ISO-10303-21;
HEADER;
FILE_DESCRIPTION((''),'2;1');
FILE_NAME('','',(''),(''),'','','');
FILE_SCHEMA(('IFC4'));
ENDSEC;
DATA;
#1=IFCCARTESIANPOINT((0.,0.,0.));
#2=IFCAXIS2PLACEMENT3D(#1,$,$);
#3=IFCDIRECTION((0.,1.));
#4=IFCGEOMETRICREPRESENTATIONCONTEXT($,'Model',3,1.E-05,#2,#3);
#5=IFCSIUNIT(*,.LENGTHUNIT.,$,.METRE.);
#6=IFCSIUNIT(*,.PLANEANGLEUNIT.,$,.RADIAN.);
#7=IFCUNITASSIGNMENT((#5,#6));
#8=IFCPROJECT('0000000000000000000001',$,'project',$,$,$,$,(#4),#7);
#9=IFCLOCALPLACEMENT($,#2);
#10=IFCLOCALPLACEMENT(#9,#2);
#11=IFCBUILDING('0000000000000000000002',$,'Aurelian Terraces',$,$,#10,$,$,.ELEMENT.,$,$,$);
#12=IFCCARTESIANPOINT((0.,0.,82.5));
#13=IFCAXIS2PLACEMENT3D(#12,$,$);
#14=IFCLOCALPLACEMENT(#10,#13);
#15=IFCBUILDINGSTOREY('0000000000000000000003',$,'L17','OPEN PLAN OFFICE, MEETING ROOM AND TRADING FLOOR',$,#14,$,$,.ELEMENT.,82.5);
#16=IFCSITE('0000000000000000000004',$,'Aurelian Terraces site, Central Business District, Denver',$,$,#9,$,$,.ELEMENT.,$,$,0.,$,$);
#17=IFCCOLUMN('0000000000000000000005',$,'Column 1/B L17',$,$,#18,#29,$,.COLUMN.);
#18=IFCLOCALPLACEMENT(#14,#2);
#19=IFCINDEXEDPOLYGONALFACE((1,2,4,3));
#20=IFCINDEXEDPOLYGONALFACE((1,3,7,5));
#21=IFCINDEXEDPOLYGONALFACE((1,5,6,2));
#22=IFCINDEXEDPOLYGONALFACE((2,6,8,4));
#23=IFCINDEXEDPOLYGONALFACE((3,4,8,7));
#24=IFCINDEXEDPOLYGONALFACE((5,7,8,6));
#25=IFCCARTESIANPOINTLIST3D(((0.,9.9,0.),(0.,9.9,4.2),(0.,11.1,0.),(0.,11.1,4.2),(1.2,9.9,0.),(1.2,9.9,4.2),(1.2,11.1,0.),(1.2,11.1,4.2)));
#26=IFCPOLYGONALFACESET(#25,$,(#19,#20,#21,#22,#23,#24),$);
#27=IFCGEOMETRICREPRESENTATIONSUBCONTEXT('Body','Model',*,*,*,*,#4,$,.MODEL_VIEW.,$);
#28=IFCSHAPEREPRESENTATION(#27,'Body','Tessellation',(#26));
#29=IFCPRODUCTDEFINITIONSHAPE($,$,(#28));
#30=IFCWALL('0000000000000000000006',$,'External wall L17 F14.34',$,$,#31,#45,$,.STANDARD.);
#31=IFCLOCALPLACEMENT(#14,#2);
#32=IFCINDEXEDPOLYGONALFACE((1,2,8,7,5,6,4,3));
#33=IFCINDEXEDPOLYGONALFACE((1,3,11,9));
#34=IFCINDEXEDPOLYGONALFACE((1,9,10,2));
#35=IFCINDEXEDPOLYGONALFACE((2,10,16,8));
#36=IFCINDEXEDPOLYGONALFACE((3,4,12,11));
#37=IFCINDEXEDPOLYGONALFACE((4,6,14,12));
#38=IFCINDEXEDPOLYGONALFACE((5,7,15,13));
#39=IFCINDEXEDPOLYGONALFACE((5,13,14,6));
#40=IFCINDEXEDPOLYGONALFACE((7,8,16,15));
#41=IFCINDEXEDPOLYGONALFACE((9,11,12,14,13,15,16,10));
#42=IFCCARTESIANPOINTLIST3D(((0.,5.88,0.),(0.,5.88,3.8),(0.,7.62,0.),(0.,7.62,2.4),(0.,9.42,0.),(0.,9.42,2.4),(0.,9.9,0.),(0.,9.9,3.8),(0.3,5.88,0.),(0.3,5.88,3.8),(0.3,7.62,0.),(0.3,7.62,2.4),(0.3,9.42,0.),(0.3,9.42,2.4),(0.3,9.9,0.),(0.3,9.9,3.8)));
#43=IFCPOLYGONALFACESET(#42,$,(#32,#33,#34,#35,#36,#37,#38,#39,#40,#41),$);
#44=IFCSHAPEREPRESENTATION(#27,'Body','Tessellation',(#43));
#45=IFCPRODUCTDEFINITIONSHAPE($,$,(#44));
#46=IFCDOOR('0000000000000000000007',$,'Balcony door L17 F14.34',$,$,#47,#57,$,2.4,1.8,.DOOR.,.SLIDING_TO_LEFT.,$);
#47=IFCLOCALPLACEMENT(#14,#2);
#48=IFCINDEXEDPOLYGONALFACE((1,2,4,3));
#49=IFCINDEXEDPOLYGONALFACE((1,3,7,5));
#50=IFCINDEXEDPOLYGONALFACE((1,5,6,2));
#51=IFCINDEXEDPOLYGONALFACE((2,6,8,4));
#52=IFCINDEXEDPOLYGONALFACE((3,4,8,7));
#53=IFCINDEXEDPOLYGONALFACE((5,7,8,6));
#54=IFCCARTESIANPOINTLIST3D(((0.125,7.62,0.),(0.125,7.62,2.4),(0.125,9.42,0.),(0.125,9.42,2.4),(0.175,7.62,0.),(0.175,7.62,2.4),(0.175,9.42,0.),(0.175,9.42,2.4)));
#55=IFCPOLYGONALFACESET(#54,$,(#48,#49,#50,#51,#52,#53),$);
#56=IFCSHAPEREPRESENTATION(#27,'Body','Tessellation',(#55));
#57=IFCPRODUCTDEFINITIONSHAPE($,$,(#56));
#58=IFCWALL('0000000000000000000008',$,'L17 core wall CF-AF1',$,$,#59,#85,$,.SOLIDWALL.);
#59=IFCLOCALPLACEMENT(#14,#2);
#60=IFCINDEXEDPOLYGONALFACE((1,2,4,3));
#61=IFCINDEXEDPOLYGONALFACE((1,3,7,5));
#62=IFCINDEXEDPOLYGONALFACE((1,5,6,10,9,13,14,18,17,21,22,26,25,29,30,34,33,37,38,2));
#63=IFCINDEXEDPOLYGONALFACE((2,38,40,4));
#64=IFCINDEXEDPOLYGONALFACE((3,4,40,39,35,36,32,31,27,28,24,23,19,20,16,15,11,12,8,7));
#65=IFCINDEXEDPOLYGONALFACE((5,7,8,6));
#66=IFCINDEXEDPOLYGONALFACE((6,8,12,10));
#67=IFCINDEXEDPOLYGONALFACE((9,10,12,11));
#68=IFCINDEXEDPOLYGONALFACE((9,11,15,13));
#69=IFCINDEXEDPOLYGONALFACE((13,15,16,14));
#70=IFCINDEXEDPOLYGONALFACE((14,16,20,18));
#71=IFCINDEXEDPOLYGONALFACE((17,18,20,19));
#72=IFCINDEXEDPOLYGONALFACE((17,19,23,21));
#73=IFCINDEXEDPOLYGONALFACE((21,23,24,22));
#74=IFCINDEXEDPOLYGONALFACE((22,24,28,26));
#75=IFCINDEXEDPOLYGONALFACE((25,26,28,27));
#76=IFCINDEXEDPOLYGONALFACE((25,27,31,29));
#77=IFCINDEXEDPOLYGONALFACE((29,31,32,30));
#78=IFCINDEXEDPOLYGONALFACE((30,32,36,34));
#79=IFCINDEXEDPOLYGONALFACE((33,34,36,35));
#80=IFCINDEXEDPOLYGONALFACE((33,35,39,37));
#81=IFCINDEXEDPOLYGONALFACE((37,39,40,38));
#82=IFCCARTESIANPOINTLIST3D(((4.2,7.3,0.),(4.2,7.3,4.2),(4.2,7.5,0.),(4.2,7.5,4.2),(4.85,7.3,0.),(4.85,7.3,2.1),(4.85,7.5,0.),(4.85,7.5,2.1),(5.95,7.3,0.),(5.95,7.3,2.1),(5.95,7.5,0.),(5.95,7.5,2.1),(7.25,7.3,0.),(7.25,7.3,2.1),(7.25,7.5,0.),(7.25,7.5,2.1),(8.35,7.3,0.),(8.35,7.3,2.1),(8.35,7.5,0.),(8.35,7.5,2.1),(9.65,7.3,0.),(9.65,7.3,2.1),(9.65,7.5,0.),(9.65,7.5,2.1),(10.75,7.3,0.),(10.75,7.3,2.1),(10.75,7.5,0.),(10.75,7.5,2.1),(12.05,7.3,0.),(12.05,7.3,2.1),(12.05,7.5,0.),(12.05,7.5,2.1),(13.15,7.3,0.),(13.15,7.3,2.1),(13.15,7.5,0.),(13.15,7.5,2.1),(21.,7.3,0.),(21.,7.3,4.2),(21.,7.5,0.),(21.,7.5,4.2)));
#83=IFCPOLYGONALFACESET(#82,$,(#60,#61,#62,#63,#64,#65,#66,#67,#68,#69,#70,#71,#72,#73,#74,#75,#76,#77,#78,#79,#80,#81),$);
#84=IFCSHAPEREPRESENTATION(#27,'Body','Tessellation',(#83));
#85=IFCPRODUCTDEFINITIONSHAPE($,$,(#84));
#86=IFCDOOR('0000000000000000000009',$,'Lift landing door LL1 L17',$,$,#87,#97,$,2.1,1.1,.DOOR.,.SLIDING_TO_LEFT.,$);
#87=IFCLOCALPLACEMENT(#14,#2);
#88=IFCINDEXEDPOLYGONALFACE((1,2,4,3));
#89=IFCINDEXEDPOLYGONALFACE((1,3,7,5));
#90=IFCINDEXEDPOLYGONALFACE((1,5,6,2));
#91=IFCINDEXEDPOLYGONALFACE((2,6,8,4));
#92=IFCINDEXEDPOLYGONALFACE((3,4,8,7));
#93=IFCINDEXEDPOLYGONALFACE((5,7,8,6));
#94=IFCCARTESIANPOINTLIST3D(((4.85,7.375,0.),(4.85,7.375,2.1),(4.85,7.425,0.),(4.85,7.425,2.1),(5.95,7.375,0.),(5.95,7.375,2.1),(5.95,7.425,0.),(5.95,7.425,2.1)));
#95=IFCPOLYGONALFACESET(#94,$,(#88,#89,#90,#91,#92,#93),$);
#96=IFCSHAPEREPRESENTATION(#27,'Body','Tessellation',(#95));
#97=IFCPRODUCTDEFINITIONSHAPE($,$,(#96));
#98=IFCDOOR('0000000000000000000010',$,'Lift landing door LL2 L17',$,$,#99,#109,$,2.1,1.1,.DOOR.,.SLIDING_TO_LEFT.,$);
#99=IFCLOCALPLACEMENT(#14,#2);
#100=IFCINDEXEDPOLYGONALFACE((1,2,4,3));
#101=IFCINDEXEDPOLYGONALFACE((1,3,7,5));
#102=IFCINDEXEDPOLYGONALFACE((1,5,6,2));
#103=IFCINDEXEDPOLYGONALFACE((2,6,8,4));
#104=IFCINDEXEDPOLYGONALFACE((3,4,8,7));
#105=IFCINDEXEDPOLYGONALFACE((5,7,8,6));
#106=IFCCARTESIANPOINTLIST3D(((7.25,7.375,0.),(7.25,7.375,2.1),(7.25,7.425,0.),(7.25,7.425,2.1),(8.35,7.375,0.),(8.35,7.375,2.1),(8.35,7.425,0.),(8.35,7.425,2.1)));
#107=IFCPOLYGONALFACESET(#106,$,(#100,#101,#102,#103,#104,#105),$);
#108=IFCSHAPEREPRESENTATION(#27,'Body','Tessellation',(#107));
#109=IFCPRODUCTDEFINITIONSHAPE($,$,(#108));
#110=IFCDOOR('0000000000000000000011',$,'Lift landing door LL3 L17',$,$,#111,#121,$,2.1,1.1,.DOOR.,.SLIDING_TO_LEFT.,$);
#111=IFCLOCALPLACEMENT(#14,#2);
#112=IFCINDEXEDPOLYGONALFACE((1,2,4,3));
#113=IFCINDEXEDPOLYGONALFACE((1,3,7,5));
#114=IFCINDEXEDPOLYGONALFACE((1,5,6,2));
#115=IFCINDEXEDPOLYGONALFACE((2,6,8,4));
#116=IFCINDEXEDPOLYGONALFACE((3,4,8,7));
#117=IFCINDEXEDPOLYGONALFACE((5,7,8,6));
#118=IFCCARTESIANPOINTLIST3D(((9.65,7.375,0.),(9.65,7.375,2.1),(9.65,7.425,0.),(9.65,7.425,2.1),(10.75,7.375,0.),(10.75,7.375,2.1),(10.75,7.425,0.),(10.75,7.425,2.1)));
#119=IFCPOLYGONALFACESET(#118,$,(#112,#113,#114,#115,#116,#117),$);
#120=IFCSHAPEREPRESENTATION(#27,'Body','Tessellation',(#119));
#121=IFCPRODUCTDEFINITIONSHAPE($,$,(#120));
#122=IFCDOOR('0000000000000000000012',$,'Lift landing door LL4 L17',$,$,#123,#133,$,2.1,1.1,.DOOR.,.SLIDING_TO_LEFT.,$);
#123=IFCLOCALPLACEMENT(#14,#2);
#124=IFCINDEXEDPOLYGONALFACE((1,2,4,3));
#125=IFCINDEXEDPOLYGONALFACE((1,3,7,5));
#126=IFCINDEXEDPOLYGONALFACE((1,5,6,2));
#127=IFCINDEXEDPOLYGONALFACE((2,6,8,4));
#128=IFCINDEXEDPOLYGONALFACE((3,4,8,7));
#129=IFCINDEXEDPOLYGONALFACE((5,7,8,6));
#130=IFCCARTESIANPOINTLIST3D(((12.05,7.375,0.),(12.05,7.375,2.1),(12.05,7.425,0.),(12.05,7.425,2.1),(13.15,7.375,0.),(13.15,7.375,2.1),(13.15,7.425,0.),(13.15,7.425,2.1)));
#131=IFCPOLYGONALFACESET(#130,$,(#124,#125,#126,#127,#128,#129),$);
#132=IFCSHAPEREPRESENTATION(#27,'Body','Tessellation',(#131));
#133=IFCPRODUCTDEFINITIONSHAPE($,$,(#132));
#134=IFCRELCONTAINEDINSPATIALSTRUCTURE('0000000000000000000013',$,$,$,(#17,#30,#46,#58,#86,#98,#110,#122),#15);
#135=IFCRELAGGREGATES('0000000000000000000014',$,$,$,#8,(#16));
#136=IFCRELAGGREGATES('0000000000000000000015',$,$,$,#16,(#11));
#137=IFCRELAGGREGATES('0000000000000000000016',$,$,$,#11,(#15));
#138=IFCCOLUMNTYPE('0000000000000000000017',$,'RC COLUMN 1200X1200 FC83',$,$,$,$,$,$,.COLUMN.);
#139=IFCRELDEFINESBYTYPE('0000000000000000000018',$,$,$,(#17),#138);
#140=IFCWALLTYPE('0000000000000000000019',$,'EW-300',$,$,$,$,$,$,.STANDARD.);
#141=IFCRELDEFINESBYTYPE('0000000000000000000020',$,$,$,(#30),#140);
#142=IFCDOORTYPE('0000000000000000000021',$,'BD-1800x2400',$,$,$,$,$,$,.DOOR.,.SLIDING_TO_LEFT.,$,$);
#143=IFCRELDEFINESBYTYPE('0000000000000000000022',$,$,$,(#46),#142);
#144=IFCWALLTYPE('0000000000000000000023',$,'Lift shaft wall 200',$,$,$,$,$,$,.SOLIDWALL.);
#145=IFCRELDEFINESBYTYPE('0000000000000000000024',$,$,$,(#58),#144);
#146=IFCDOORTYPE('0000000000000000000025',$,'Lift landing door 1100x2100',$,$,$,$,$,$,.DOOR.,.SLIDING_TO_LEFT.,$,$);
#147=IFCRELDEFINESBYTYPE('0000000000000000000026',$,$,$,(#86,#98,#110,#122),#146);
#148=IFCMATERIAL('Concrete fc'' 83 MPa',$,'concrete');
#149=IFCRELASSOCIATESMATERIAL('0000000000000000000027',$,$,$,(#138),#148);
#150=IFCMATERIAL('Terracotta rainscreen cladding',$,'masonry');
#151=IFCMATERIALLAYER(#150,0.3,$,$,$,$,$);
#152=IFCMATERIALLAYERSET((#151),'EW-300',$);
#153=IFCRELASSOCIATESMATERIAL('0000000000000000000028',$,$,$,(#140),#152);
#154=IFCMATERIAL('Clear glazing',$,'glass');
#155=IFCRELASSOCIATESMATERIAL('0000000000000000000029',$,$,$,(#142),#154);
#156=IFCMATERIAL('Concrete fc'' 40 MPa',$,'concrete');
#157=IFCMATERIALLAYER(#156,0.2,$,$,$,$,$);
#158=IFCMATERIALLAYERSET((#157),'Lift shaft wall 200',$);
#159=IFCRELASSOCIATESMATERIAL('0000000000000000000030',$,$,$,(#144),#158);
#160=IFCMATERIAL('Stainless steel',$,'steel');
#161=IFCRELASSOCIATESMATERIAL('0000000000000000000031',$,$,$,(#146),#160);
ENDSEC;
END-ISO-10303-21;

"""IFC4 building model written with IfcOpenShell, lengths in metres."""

from ifc_helpers import new_model, si_unit, direction, frame, frame_2d, origin, origin_2d, place, context, subcontext, project, spatial, rectangle, extrude, source, transform, mapped, material, layer, layer_set, material_profile, profile_set, type_object, element, fill, save


model = new_model("IFC4")

# Units and contexts
model_context = context("Model", 3, precision=1e-05, world=origin(), true_north=direction((0.0, 1.0)))
body_context = subcontext(model_context, "Body", "Model", "MODEL_VIEW")
ifc_project = project(units=[si_unit("LENGTHUNIT", "METRE"), si_unit("PLANEANGLEUNIT", "RADIAN")], contexts=[model_context])

# Site, building, storey
site_placement = place(None, origin())
site = spatial("IfcSite", under=ifc_project, at=site_placement, Name="Aurelian Terraces site, Central Business District, Denver", CompositionType="ELEMENT", RefElevation=0.0)
building_placement = place(site_placement, origin())
building = spatial("IfcBuilding", under=site, at=building_placement, Name="Aurelian Terraces", CompositionType="ELEMENT")
storey_placement = place(building_placement, frame((0.0, 0.0, 82.5)))
storey = spatial("IfcBuildingStorey", under=building, at=storey_placement, Name="L17", Description="OPEN PLAN OFFICE, MEETING ROOM AND TRADING FLOOR", CompositionType="ELEMENT", Elevation=82.5)

# Column
ifc_material_1 = material(Name="Concrete fc' 83 MPa", Category="concrete")
ifc_material_profile = material_profile(ifc_material_1, rectangle(XDim=1.2, YDim=1.2, at=origin_2d()))
ifc_profile_set = profile_set([ifc_material_profile], Name="Concrete fc' 83 MPa")
column_type = type_object("IfcColumnType", Name="RC COLUMN 1200X1200 FC83", PredefinedType="COLUMN", material=ifc_profile_set)
shared_shape_1 = source(origin(), body_context, "Body", "SweptSolid", [
    extrude(rectangle(XDim=1.2, YDim=1.2, at=origin_2d()), origin(), (0.0, 0.0, 1.0), 4.2),
])
column_placement = place(storey_placement, frame((0.6, 10.5, 0.0), z_axis=(0.0, 0.0, 1.0), x_axis=(1.0, 0.0, 0.0)))
element("IfcColumn", 1, at=column_placement, inside=storey, type_object=column_type, Name="Column 1/B L17", PredefinedType="COLUMN", context=body_context, shape_type="MappedRepresentation", body=[
    mapped(shared_shape_1, transform((0.0, 0.0, 0.0), scale=1.0)),
])

# Wall, opening, door
ifc_material_2 = material(Name="Terracotta rainscreen cladding", Category="masonry")
ifc_layer_1 = layer(ifc_material_2, 0.3)
ifc_layer_set_1 = layer_set([ifc_layer_1], Name="EW-300")
wall_type_1 = type_object("IfcWallType", Name="EW-300", PredefinedType="STANDARD", material=ifc_layer_set_1)
wall_1_placement = place(storey_placement, frame((0.15, 9.9, 0.0), z_axis=(0.0, 0.0, 1.0), x_axis=(0.0, -1.0, 0.0)))
wall_1 = element("IfcWall", 2, at=wall_1_placement, inside=storey, type_object=wall_type_1, Name="External wall L17 F14.34", PredefinedType="STANDARD", context=body_context, shape_type="SweptSolid", body=[
    extrude(rectangle(XDim=4.02, YDim=0.3, at=frame_2d((2.01, 0.0))), origin(), (0.0, 0.0, 1.0), 3.8),
])
shared_shape_2 = source(origin(), body_context, "Body", "SweptSolid", [
    extrude(rectangle(XDim=1.8, YDim=2.4, at=frame_2d((0.9, 1.2))), frame((0.0, 0.16, 0.0), z_axis=(0.0, -1.0, 0.0), x_axis=(1.0, 0.0, 0.0)), (0.0, 0.0, 1.0), 0.32),
])
opening_1_placement = place(wall_1_placement, frame((0.48, 0.0, 0.0)))
opening_1 = element("IfcOpeningElement", 3, at=opening_1_placement, cuts=wall_1, PredefinedType="OPENING", context=body_context, shape_type="MappedRepresentation", body=[
    mapped(shared_shape_2, transform((0.0, 0.0, 0.0), scale=1.0)),
])
ifc_material_3 = material(Name="Clear glazing", Category="glass")
door_type_1 = type_object("IfcDoorType", Name="BD-1800x2400", OperationType="SLIDING_TO_LEFT", PredefinedType="DOOR", material=ifc_material_3)
shared_shape_3 = source(origin(), body_context, "Body", "SweptSolid", [
    extrude(rectangle(XDim=1.8, YDim=2.4, at=frame_2d((0.9, 1.2))), frame((0.0, 0.025, 0.0), z_axis=(0.0, -1.0, 0.0), x_axis=(1.0, 0.0, 0.0)), (0.0, 0.0, 1.0), 0.05),
])
door_1_placement = place(opening_1_placement, origin())
door_1 = element("IfcDoor", 4, at=door_1_placement, inside=storey, type_object=door_type_1, Name="Balcony door L17 F14.34", OperationType="SLIDING_TO_LEFT", OverallHeight=2.4, OverallWidth=1.8, PredefinedType="DOOR", context=body_context, shape_type="MappedRepresentation", body=[
    mapped(shared_shape_3, transform((0.0, 0.0, 0.0), scale=1.0)),
])
fill(opening_1, door_1)

# Wall, openings, doors
ifc_material_4 = material(Name="Concrete fc' 40 MPa", Category="concrete")
ifc_layer_2 = layer(ifc_material_4, 0.2)
ifc_layer_set_2 = layer_set([ifc_layer_2], Name="Lift shaft wall 200")
wall_type_2 = type_object("IfcWallType", Name="Lift shaft wall 200", PredefinedType="SOLIDWALL", material=ifc_layer_set_2)
shared_shape_4 = source(origin(), body_context, "Body", "SweptSolid", [
    extrude(rectangle(XDim=16.8, YDim=0.2, at=frame_2d((8.4, 0.0))), origin(), (0.0, 0.0, 1.0), 4.2),
])
wall_2_placement = place(storey_placement, frame((4.2, 7.4, 0.0), z_axis=(0.0, 0.0, 1.0), x_axis=(1.0, 0.0, 0.0)))
wall_2 = element("IfcWall", 5, at=wall_2_placement, inside=storey, type_object=wall_type_2, Name="L17 core wall CF-AF1", PredefinedType="SOLIDWALL", context=body_context, shape_type="MappedRepresentation", body=[
    mapped(shared_shape_4, transform((0.0, 0.0, 0.0), scale=1.0)),
])
shared_shape_5 = source(origin(), body_context, "Body", "SweptSolid", [
    extrude(rectangle(XDim=1.1, YDim=2.1, at=frame_2d((0.55, 1.05))), frame((0.0, 0.11, 0.0), z_axis=(0.0, -1.0, 0.0), x_axis=(1.0, 0.0, 0.0)), (0.0, 0.0, 1.0), 0.22),
])
opening_2_placement = place(wall_2_placement, frame((0.65, 0.0, 0.0)))
opening_2 = element("IfcOpeningElement", 6, at=opening_2_placement, cuts=wall_2, PredefinedType="OPENING", context=body_context, shape_type="MappedRepresentation", body=[
    mapped(shared_shape_5, transform((0.0, 0.0, 0.0), scale=1.0)),
])
opening_3_placement = place(wall_2_placement, frame((3.05, 0.0, 0.0)))
opening_3 = element("IfcOpeningElement", 7, at=opening_3_placement, cuts=wall_2, PredefinedType="OPENING", context=body_context, shape_type="MappedRepresentation", body=[
    mapped(shared_shape_5, transform((0.0, 0.0, 0.0), scale=1.0)),
])
opening_4_placement = place(wall_2_placement, frame((5.45, 0.0, 0.0)))
opening_4 = element("IfcOpeningElement", 8, at=opening_4_placement, cuts=wall_2, PredefinedType="OPENING", context=body_context, shape_type="MappedRepresentation", body=[
    mapped(shared_shape_5, transform((0.0, 0.0, 0.0), scale=1.0)),
])
opening_5_placement = place(wall_2_placement, frame((7.85, 0.0, 0.0)))
opening_5 = element("IfcOpeningElement", 9, at=opening_5_placement, cuts=wall_2, PredefinedType="OPENING", context=body_context, shape_type="MappedRepresentation", body=[
    mapped(shared_shape_5, transform((0.0, 0.0, 0.0), scale=1.0)),
])
ifc_material_5 = material(Name="Stainless steel", Category="steel")
door_type_2 = type_object("IfcDoorType", Name="Lift landing door 1100x2100", OperationType="SLIDING_TO_LEFT", PredefinedType="DOOR", material=ifc_material_5)
shared_shape_6 = source(origin(), body_context, "Body", "SweptSolid", [
    extrude(rectangle(XDim=1.1, YDim=2.1, at=frame_2d((0.55, 1.05))), frame((0.0, 0.025, 0.0), z_axis=(0.0, -1.0, 0.0), x_axis=(1.0, 0.0, 0.0)), (0.0, 0.0, 1.0), 0.05),
])
door_2_placement = place(opening_2_placement, origin())
door_2 = element("IfcDoor", 10, at=door_2_placement, inside=storey, type_object=door_type_2, Name="Lift landing door LL1 L17", OperationType="SLIDING_TO_LEFT", OverallHeight=2.1, OverallWidth=1.1, PredefinedType="DOOR", context=body_context, shape_type="MappedRepresentation", body=[
    mapped(shared_shape_6, transform((0.0, 0.0, 0.0), scale=1.0)),
])
fill(opening_2, door_2)
door_3_placement = place(opening_3_placement, origin())
door_3 = element("IfcDoor", 11, at=door_3_placement, inside=storey, type_object=door_type_2, Name="Lift landing door LL2 L17", OperationType="SLIDING_TO_LEFT", OverallHeight=2.1, OverallWidth=1.1, PredefinedType="DOOR", context=body_context, shape_type="MappedRepresentation", body=[
    mapped(shared_shape_6, transform((0.0, 0.0, 0.0), scale=1.0)),
])
fill(opening_3, door_3)
door_4_placement = place(opening_4_placement, origin())
door_4 = element("IfcDoor", 12, at=door_4_placement, inside=storey, type_object=door_type_2, Name="Lift landing door LL3 L17", OperationType="SLIDING_TO_LEFT", OverallHeight=2.1, OverallWidth=1.1, PredefinedType="DOOR", context=body_context, shape_type="MappedRepresentation", body=[
    mapped(shared_shape_6, transform((0.0, 0.0, 0.0), scale=1.0)),
])
fill(opening_4, door_4)
door_5_placement = place(opening_5_placement, origin())
door_5 = element("IfcDoor", 13, at=door_5_placement, inside=storey, type_object=door_type_2, Name="Lift landing door LL4 L17", OperationType="SLIDING_TO_LEFT", OverallHeight=2.1, OverallWidth=1.1, PredefinedType="DOOR", context=body_context, shape_type="MappedRepresentation", body=[
    mapped(shared_shape_6, transform((0.0, 0.0, 0.0), scale=1.0)),
])
fill(opening_5, door_5)

save(model, "model.ifc")
